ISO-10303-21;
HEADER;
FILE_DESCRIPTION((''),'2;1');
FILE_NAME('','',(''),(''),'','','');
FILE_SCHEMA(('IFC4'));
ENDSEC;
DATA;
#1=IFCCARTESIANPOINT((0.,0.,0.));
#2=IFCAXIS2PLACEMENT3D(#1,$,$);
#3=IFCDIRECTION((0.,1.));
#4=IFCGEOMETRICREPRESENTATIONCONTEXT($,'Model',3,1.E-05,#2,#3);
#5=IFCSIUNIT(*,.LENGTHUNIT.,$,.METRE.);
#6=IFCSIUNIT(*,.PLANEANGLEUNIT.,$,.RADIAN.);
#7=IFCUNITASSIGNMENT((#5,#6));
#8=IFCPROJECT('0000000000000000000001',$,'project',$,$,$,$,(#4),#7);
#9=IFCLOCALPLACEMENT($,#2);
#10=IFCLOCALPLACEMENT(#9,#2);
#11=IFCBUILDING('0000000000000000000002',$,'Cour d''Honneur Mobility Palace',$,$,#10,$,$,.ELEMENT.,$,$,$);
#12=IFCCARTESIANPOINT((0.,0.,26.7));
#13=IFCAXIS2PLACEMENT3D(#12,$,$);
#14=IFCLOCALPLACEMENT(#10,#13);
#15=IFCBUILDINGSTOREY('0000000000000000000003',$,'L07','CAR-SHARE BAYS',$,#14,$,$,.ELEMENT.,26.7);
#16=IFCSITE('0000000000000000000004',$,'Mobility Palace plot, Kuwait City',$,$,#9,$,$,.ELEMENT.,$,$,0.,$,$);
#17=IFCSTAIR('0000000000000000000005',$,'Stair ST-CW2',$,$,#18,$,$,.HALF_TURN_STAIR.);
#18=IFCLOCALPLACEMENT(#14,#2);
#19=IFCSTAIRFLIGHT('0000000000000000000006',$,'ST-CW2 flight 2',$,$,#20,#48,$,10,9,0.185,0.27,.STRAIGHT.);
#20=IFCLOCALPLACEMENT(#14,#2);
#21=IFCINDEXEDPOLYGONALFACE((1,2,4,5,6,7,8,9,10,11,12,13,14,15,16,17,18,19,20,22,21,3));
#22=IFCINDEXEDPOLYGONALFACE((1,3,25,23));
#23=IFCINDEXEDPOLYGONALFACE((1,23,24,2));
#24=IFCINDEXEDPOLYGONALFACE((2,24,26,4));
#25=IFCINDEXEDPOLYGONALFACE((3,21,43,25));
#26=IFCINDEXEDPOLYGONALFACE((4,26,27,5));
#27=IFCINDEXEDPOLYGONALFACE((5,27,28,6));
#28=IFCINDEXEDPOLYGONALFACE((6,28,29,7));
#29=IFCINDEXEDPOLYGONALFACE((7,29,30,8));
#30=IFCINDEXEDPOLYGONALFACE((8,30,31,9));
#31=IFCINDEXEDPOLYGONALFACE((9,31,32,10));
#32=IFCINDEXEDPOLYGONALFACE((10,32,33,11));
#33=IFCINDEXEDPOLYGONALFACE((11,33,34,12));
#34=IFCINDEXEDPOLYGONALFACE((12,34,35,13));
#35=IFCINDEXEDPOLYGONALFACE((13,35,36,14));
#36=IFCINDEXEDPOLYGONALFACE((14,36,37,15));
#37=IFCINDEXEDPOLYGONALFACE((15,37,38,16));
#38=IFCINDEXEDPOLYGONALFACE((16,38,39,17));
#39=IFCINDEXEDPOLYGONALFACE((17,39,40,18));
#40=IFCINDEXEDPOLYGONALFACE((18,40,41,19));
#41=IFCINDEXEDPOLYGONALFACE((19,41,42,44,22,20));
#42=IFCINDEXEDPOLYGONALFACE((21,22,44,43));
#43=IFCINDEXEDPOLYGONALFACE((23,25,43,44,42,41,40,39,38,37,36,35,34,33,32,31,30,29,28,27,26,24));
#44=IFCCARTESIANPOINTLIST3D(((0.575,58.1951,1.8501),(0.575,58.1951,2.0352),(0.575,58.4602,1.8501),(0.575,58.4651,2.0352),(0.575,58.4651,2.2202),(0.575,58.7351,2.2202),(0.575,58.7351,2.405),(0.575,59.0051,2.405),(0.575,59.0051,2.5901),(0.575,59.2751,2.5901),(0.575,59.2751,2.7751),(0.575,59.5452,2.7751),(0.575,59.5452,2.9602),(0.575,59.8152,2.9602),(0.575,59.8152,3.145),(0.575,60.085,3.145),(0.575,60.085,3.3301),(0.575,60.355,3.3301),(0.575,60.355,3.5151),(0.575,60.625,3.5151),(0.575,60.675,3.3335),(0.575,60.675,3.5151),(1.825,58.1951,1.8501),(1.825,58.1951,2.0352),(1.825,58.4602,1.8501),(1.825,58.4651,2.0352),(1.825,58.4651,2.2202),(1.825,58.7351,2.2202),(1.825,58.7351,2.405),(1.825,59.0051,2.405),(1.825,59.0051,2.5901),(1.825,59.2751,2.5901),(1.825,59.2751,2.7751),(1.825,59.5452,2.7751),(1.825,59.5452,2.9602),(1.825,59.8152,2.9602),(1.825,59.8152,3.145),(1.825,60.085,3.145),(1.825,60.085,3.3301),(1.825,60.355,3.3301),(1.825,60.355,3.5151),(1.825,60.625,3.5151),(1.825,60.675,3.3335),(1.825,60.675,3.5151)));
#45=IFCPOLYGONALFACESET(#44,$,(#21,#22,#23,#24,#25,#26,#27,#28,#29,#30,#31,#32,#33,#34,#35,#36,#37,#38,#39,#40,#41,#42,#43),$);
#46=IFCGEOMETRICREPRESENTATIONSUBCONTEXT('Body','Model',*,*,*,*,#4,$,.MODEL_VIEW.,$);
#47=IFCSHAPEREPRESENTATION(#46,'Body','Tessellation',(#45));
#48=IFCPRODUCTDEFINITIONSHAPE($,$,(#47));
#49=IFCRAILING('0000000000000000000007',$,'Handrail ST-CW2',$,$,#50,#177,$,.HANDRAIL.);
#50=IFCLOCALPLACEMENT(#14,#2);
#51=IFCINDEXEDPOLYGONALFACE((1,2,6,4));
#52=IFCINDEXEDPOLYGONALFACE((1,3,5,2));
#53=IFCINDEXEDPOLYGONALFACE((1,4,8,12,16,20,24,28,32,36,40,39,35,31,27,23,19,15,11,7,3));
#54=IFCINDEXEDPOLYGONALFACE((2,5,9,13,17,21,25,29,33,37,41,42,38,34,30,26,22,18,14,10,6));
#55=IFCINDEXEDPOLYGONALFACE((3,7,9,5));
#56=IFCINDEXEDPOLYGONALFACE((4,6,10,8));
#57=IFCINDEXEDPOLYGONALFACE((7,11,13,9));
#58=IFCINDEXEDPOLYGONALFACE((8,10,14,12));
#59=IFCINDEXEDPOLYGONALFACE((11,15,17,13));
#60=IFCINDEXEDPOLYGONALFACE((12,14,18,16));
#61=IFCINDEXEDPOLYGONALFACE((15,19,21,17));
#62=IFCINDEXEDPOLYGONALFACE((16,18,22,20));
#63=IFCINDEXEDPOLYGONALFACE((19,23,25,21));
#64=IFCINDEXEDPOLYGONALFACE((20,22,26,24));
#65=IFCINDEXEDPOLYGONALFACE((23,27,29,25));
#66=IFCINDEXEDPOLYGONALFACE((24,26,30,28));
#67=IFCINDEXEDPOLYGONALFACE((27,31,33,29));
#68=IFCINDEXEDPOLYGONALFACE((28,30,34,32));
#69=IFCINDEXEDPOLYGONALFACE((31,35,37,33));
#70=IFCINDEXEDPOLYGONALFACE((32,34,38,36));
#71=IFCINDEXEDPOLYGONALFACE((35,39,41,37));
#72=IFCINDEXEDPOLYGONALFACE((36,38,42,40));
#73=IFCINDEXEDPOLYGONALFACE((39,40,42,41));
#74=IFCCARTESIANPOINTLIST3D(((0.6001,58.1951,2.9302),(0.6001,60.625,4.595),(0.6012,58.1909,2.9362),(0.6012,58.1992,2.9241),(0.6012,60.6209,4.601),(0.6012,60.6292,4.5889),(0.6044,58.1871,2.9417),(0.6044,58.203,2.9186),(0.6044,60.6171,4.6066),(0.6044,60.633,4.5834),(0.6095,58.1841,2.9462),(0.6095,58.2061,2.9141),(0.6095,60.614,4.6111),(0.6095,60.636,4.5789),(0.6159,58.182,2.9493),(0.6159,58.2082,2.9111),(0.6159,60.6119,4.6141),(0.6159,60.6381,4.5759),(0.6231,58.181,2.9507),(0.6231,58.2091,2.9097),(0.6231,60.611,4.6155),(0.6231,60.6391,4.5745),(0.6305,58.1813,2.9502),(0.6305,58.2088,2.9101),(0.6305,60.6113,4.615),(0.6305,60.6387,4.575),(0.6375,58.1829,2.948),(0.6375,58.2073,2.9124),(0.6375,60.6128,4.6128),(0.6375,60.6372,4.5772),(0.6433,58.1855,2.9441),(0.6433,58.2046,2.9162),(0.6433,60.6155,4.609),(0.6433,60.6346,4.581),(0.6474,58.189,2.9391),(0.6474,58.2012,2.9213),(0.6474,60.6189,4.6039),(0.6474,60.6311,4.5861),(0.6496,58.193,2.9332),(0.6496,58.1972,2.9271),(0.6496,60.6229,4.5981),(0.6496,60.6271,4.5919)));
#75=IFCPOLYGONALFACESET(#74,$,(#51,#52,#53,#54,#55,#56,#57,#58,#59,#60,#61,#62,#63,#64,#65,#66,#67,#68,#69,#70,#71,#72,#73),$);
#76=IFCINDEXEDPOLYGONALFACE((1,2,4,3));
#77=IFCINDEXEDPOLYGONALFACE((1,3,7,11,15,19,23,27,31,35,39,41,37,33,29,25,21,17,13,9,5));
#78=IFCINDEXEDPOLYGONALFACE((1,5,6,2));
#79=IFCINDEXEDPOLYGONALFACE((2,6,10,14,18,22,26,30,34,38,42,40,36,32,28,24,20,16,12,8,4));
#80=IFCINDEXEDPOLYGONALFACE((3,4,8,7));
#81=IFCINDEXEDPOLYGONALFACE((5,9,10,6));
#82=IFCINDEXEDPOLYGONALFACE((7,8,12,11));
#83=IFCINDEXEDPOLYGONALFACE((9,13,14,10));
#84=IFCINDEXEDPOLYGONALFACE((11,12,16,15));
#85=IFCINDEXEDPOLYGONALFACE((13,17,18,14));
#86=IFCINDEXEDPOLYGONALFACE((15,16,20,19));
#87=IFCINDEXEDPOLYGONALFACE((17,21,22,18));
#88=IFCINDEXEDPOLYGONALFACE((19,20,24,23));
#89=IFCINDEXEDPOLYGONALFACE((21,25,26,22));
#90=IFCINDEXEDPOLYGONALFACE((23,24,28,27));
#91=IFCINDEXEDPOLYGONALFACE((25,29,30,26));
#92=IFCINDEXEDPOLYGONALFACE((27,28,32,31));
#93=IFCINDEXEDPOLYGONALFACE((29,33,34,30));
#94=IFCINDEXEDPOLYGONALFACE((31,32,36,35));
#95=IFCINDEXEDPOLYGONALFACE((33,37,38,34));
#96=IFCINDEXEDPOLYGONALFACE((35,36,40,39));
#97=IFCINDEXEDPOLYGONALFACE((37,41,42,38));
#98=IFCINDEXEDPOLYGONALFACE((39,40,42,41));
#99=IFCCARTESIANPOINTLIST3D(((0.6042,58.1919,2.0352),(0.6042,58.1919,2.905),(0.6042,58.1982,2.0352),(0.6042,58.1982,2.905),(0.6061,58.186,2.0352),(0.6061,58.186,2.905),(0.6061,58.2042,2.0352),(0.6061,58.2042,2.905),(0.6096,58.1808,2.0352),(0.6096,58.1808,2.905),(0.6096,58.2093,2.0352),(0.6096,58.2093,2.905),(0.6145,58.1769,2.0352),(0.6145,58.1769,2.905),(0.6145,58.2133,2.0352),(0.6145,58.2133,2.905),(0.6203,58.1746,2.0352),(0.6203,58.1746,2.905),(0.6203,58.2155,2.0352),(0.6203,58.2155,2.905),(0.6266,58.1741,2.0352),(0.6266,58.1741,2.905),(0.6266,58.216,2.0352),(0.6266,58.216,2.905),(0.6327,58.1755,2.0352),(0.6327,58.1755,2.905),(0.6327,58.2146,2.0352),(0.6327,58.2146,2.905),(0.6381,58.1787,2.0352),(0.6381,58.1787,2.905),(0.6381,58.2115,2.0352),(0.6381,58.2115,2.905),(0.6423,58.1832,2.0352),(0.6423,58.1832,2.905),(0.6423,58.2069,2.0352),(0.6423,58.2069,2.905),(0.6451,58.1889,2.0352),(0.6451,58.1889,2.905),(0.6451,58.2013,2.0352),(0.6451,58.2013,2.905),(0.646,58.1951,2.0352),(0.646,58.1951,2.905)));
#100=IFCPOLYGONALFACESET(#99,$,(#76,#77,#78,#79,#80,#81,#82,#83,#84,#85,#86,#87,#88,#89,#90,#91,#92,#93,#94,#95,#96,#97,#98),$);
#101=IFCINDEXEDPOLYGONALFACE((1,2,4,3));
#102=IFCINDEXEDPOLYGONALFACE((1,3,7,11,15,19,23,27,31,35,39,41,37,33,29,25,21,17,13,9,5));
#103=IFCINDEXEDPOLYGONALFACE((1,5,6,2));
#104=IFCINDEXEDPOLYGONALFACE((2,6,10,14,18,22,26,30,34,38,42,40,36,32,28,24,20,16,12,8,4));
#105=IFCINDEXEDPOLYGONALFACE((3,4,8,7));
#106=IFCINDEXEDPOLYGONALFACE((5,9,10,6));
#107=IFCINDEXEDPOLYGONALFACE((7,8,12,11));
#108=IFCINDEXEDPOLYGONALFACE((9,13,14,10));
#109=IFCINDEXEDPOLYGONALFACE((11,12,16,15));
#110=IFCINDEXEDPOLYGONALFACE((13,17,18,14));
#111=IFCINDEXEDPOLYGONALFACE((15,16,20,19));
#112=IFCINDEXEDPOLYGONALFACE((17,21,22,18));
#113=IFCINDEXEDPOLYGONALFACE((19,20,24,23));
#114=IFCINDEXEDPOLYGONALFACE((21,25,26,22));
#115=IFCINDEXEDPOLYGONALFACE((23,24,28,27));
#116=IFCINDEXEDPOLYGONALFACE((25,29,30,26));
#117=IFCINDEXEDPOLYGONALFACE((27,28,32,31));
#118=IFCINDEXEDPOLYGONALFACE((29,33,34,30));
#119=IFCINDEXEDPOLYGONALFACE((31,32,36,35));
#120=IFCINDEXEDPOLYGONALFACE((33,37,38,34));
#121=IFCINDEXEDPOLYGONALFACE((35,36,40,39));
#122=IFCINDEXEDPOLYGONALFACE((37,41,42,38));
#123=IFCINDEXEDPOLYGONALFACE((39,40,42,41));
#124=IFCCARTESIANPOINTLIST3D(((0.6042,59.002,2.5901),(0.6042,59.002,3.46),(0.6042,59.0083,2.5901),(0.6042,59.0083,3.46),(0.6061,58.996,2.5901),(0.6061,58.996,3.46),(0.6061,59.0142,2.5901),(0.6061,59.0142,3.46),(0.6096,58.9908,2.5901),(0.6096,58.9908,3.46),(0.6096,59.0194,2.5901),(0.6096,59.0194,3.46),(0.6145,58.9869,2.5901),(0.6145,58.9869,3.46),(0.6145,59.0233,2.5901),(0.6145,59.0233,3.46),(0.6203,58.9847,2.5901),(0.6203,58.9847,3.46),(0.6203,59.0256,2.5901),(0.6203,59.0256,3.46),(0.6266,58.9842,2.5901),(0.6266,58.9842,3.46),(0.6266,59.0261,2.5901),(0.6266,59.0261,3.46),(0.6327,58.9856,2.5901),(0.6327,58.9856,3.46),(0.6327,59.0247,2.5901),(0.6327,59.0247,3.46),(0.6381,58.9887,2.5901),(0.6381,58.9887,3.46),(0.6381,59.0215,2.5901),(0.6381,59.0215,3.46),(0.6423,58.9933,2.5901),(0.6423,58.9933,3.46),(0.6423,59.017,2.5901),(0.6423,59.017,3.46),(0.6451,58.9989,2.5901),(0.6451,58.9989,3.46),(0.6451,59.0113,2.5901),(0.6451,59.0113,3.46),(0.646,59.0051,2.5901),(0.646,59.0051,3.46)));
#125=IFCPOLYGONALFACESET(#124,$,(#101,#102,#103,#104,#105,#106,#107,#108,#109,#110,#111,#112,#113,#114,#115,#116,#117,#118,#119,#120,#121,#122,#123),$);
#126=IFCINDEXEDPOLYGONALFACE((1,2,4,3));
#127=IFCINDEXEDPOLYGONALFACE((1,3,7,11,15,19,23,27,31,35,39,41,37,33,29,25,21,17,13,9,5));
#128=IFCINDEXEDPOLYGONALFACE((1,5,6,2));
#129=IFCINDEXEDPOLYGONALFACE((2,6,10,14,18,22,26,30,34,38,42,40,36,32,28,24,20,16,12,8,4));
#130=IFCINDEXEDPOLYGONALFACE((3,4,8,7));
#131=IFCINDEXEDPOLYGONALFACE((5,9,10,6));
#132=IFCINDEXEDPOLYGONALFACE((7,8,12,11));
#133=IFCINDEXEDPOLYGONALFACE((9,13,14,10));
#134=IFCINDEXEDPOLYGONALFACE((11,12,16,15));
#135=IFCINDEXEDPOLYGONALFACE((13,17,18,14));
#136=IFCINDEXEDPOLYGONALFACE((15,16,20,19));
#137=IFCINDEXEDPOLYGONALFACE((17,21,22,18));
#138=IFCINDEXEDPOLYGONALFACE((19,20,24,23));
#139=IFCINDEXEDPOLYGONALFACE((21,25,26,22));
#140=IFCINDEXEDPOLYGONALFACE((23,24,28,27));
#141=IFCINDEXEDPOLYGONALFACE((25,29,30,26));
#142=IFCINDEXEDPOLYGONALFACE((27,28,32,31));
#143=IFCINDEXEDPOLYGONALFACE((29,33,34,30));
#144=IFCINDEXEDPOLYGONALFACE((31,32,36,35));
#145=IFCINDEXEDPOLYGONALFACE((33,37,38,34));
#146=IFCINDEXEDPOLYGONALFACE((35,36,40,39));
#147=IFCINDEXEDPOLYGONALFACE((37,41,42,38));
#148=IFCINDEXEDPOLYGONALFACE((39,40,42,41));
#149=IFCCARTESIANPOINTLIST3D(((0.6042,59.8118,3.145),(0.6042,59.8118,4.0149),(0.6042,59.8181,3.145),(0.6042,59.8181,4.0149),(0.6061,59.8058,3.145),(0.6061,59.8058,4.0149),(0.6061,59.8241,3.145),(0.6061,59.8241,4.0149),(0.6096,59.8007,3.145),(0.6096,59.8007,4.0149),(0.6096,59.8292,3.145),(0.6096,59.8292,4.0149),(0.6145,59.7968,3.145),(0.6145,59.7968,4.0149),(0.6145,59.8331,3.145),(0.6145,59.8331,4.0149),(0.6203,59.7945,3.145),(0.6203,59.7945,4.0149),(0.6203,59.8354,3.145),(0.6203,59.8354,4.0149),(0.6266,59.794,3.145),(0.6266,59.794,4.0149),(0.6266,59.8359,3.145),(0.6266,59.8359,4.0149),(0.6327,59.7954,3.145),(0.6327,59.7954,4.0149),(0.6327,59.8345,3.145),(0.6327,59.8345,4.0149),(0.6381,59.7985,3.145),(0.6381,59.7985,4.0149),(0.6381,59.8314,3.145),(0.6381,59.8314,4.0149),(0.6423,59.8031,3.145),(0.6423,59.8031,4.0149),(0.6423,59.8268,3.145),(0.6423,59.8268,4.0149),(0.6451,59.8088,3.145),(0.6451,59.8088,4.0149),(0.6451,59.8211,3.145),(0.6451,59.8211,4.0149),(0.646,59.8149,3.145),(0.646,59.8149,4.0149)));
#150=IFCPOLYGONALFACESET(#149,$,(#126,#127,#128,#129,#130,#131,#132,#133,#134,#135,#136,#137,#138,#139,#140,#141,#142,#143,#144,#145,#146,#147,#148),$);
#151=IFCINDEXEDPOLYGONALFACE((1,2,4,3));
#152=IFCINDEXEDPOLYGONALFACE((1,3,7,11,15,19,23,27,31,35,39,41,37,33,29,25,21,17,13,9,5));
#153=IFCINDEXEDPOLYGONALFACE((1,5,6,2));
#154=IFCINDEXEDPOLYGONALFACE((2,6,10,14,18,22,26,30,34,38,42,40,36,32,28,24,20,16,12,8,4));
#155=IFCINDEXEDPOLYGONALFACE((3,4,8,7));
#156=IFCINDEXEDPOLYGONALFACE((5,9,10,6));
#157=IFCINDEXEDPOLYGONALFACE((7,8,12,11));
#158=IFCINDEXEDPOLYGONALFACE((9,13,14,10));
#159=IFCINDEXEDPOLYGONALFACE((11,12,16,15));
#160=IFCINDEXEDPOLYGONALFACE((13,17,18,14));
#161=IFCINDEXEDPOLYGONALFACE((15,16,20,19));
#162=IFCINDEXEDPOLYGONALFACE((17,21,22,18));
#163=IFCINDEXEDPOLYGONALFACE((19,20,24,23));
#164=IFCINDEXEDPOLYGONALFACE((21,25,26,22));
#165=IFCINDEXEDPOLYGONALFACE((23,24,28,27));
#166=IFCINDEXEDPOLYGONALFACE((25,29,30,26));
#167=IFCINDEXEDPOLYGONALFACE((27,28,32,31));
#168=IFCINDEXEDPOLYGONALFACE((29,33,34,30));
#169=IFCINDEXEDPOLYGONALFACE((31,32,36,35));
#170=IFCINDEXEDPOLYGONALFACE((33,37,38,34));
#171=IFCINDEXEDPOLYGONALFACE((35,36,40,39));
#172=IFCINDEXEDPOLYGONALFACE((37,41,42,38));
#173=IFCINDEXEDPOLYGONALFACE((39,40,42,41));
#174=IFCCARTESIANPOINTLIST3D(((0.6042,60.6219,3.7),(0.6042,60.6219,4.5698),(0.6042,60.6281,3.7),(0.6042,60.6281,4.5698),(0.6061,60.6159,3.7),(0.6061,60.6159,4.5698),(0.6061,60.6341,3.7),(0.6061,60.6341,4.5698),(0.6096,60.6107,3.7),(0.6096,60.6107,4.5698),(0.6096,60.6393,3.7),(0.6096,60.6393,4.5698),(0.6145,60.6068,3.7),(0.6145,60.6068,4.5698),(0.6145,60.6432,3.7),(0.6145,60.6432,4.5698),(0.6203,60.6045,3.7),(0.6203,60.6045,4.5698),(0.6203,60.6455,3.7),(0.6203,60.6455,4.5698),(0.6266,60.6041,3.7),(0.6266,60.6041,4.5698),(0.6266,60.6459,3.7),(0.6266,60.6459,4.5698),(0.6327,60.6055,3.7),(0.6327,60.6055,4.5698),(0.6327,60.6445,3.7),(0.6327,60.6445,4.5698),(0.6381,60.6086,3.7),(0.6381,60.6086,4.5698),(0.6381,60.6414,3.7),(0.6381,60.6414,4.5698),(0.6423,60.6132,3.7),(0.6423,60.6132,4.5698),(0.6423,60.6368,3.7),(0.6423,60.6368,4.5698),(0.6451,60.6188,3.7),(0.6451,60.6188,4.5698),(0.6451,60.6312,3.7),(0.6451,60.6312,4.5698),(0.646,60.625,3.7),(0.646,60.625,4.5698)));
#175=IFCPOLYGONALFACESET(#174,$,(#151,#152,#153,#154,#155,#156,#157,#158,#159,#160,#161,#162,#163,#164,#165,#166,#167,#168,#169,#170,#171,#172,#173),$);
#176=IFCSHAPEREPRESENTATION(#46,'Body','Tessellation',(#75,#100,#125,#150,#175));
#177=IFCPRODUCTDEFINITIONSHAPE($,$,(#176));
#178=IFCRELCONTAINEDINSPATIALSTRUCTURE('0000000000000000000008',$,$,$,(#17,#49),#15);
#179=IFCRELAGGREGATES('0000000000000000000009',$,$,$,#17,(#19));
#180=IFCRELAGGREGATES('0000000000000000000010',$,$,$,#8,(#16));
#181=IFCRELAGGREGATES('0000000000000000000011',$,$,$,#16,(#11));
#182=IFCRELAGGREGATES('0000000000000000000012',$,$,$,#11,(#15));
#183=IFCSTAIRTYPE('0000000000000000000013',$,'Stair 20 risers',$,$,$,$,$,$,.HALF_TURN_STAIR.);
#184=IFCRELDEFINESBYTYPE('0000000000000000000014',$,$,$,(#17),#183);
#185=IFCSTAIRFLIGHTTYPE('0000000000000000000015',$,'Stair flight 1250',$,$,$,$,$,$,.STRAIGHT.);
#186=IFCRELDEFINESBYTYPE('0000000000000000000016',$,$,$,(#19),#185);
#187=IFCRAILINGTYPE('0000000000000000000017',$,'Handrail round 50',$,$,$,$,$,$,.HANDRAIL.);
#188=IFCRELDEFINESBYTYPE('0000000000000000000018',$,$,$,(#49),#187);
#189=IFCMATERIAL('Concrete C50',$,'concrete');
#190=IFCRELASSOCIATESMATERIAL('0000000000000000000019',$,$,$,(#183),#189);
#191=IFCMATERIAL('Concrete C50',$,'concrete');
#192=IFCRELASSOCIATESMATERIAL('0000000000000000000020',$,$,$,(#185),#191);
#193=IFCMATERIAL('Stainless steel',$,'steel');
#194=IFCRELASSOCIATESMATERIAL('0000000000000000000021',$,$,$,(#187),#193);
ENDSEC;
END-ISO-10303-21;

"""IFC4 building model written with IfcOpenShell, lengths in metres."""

from ifc_helpers import new_model, si_unit, direction, frame, origin, origin_2d, place, context, subcontext, project, spatial, polyline, circle, outline, extrude, material, type_object, element, aggregate, save


model = new_model("IFC4")

# Units and contexts
model_context = context("Model", 3, precision=1e-05, world=origin(), true_north=direction((0.0, 1.0)))
body_context = subcontext(model_context, "Body", "Model", "MODEL_VIEW")
ifc_project = project(units=[si_unit("LENGTHUNIT", "METRE"), si_unit("PLANEANGLEUNIT", "RADIAN")], contexts=[model_context])

# Site, building, storey
site_placement = place(None, origin())
site = spatial("IfcSite", under=ifc_project, at=site_placement, Name="Mobility Palace plot, Kuwait City", CompositionType="ELEMENT", RefElevation=0.0)
building_placement = place(site_placement, origin())
building = spatial("IfcBuilding", under=site, at=building_placement, Name="Cour d'Honneur Mobility Palace", CompositionType="ELEMENT")
storey_placement = place(building_placement, frame((0.0, 0.0, 26.7)))
storey = spatial("IfcBuildingStorey", under=building, at=storey_placement, Name="L07", Description="CAR-SHARE BAYS", CompositionType="ELEMENT", Elevation=26.7)

# Stair, stair flight
ifc_material_1 = material(Name="Concrete C50", Category="concrete")
stair_type = type_object("IfcStairType", Name="Stair 20 risers", PredefinedType="HALF_TURN_STAIR", material=ifc_material_1)
stair_placement = place(storey_placement, origin())
stair = element("IfcStair", 1, at=stair_placement, inside=storey, type_object=stair_type, Name="Stair ST-CW2", PredefinedType="HALF_TURN_STAIR")
ifc_material_2 = material(Name="Concrete C50", Category="concrete")
stair_flight_type = type_object("IfcStairFlightType", Name="Stair flight 1250", PredefinedType="STRAIGHT", material=ifc_material_2)
stair_flight_placement = place(storey_placement, frame((1.2, 58.1951, 1.8501), z_axis=(0.0, 0.0, 1.0), x_axis=(0.0, 1.0, 0.0)))
stair_flight = element("IfcStairFlight", 2, at=stair_flight_placement, type_object=stair_flight_type, Name="ST-CW2 flight 2", NumberOfRisers=10, NumberOfTreads=9, PredefinedType="STRAIGHT", RiserHeight=0.185, TreadLength=0.27, context=body_context, shape_type="SweptSolid", body=[
    extrude(outline(polyline([(0.0, 0.0), (0.0, 0.1851), (0.27, 0.1851), (0.27, 0.3701), (0.54, 0.3701), (0.54, 0.5549), (0.8101, 0.5549), (0.8101, 0.74), (1.0801, 0.74), (1.0801, 0.925), (1.3501, 0.925), (1.3501, 1.1101), (1.6201, 1.1101), (1.6201, 1.2949), (1.8899, 1.2949), (1.8899, 1.48), (2.1599, 1.48), (2.1599, 1.665), (2.4299, 1.665), (2.48, 1.665), (2.48, 1.4834), (0.2651, 0.0), (0.0, 0.0)])), frame((0.0, 0.625, 0.0), z_axis=(0.0, -1.0, 0.0), x_axis=(1.0, 0.0, 0.0)), (0.0, 0.0, 1.0), 1.25),
])
aggregate(stair, [stair_flight])

# Railing
ifc_material_3 = material(Name="Stainless steel", Category="steel")
railing_type = type_object("IfcRailingType", Name="Handrail round 50", PredefinedType="HANDRAIL", material=ifc_material_3)
railing_placement = place(storey_placement, frame((0.625, 58.1951, 2.0352)))
element("IfcRailing", 3, at=railing_placement, inside=storey, type_object=railing_type, Name="Handrail ST-CW2", PredefinedType="HANDRAIL", context=body_context, shape_type="SweptSolid", body=[
    extrude(circle(Radius=0.0249, at=origin_2d()), frame((0.0, 0.0, 0.895), z_axis=(0.0, 0.824957, 0.565195), x_axis=(-1.0, 0.0, 0.0)), (0.0, 0.0, 1.0), 2.9456),
    extrude(circle(Radius=0.021, at=origin_2d()), origin(), (0.0, 0.0, 1.0), 0.8699),
    extrude(circle(Radius=0.021, at=origin_2d()), frame((0.0, 0.8101, 0.5549)), (0.0, 0.0, 1.0), 0.8699),
    extrude(circle(Radius=0.021, at=origin_2d()), frame((0.0, 1.6199, 1.1099)), (0.0, 0.0, 1.0), 0.8699),
    extrude(circle(Radius=0.021, at=origin_2d()), frame((0.0, 2.4299, 1.6648)), (0.0, 0.0, 1.0), 0.8699),
])

save(model, "model.ifc")
